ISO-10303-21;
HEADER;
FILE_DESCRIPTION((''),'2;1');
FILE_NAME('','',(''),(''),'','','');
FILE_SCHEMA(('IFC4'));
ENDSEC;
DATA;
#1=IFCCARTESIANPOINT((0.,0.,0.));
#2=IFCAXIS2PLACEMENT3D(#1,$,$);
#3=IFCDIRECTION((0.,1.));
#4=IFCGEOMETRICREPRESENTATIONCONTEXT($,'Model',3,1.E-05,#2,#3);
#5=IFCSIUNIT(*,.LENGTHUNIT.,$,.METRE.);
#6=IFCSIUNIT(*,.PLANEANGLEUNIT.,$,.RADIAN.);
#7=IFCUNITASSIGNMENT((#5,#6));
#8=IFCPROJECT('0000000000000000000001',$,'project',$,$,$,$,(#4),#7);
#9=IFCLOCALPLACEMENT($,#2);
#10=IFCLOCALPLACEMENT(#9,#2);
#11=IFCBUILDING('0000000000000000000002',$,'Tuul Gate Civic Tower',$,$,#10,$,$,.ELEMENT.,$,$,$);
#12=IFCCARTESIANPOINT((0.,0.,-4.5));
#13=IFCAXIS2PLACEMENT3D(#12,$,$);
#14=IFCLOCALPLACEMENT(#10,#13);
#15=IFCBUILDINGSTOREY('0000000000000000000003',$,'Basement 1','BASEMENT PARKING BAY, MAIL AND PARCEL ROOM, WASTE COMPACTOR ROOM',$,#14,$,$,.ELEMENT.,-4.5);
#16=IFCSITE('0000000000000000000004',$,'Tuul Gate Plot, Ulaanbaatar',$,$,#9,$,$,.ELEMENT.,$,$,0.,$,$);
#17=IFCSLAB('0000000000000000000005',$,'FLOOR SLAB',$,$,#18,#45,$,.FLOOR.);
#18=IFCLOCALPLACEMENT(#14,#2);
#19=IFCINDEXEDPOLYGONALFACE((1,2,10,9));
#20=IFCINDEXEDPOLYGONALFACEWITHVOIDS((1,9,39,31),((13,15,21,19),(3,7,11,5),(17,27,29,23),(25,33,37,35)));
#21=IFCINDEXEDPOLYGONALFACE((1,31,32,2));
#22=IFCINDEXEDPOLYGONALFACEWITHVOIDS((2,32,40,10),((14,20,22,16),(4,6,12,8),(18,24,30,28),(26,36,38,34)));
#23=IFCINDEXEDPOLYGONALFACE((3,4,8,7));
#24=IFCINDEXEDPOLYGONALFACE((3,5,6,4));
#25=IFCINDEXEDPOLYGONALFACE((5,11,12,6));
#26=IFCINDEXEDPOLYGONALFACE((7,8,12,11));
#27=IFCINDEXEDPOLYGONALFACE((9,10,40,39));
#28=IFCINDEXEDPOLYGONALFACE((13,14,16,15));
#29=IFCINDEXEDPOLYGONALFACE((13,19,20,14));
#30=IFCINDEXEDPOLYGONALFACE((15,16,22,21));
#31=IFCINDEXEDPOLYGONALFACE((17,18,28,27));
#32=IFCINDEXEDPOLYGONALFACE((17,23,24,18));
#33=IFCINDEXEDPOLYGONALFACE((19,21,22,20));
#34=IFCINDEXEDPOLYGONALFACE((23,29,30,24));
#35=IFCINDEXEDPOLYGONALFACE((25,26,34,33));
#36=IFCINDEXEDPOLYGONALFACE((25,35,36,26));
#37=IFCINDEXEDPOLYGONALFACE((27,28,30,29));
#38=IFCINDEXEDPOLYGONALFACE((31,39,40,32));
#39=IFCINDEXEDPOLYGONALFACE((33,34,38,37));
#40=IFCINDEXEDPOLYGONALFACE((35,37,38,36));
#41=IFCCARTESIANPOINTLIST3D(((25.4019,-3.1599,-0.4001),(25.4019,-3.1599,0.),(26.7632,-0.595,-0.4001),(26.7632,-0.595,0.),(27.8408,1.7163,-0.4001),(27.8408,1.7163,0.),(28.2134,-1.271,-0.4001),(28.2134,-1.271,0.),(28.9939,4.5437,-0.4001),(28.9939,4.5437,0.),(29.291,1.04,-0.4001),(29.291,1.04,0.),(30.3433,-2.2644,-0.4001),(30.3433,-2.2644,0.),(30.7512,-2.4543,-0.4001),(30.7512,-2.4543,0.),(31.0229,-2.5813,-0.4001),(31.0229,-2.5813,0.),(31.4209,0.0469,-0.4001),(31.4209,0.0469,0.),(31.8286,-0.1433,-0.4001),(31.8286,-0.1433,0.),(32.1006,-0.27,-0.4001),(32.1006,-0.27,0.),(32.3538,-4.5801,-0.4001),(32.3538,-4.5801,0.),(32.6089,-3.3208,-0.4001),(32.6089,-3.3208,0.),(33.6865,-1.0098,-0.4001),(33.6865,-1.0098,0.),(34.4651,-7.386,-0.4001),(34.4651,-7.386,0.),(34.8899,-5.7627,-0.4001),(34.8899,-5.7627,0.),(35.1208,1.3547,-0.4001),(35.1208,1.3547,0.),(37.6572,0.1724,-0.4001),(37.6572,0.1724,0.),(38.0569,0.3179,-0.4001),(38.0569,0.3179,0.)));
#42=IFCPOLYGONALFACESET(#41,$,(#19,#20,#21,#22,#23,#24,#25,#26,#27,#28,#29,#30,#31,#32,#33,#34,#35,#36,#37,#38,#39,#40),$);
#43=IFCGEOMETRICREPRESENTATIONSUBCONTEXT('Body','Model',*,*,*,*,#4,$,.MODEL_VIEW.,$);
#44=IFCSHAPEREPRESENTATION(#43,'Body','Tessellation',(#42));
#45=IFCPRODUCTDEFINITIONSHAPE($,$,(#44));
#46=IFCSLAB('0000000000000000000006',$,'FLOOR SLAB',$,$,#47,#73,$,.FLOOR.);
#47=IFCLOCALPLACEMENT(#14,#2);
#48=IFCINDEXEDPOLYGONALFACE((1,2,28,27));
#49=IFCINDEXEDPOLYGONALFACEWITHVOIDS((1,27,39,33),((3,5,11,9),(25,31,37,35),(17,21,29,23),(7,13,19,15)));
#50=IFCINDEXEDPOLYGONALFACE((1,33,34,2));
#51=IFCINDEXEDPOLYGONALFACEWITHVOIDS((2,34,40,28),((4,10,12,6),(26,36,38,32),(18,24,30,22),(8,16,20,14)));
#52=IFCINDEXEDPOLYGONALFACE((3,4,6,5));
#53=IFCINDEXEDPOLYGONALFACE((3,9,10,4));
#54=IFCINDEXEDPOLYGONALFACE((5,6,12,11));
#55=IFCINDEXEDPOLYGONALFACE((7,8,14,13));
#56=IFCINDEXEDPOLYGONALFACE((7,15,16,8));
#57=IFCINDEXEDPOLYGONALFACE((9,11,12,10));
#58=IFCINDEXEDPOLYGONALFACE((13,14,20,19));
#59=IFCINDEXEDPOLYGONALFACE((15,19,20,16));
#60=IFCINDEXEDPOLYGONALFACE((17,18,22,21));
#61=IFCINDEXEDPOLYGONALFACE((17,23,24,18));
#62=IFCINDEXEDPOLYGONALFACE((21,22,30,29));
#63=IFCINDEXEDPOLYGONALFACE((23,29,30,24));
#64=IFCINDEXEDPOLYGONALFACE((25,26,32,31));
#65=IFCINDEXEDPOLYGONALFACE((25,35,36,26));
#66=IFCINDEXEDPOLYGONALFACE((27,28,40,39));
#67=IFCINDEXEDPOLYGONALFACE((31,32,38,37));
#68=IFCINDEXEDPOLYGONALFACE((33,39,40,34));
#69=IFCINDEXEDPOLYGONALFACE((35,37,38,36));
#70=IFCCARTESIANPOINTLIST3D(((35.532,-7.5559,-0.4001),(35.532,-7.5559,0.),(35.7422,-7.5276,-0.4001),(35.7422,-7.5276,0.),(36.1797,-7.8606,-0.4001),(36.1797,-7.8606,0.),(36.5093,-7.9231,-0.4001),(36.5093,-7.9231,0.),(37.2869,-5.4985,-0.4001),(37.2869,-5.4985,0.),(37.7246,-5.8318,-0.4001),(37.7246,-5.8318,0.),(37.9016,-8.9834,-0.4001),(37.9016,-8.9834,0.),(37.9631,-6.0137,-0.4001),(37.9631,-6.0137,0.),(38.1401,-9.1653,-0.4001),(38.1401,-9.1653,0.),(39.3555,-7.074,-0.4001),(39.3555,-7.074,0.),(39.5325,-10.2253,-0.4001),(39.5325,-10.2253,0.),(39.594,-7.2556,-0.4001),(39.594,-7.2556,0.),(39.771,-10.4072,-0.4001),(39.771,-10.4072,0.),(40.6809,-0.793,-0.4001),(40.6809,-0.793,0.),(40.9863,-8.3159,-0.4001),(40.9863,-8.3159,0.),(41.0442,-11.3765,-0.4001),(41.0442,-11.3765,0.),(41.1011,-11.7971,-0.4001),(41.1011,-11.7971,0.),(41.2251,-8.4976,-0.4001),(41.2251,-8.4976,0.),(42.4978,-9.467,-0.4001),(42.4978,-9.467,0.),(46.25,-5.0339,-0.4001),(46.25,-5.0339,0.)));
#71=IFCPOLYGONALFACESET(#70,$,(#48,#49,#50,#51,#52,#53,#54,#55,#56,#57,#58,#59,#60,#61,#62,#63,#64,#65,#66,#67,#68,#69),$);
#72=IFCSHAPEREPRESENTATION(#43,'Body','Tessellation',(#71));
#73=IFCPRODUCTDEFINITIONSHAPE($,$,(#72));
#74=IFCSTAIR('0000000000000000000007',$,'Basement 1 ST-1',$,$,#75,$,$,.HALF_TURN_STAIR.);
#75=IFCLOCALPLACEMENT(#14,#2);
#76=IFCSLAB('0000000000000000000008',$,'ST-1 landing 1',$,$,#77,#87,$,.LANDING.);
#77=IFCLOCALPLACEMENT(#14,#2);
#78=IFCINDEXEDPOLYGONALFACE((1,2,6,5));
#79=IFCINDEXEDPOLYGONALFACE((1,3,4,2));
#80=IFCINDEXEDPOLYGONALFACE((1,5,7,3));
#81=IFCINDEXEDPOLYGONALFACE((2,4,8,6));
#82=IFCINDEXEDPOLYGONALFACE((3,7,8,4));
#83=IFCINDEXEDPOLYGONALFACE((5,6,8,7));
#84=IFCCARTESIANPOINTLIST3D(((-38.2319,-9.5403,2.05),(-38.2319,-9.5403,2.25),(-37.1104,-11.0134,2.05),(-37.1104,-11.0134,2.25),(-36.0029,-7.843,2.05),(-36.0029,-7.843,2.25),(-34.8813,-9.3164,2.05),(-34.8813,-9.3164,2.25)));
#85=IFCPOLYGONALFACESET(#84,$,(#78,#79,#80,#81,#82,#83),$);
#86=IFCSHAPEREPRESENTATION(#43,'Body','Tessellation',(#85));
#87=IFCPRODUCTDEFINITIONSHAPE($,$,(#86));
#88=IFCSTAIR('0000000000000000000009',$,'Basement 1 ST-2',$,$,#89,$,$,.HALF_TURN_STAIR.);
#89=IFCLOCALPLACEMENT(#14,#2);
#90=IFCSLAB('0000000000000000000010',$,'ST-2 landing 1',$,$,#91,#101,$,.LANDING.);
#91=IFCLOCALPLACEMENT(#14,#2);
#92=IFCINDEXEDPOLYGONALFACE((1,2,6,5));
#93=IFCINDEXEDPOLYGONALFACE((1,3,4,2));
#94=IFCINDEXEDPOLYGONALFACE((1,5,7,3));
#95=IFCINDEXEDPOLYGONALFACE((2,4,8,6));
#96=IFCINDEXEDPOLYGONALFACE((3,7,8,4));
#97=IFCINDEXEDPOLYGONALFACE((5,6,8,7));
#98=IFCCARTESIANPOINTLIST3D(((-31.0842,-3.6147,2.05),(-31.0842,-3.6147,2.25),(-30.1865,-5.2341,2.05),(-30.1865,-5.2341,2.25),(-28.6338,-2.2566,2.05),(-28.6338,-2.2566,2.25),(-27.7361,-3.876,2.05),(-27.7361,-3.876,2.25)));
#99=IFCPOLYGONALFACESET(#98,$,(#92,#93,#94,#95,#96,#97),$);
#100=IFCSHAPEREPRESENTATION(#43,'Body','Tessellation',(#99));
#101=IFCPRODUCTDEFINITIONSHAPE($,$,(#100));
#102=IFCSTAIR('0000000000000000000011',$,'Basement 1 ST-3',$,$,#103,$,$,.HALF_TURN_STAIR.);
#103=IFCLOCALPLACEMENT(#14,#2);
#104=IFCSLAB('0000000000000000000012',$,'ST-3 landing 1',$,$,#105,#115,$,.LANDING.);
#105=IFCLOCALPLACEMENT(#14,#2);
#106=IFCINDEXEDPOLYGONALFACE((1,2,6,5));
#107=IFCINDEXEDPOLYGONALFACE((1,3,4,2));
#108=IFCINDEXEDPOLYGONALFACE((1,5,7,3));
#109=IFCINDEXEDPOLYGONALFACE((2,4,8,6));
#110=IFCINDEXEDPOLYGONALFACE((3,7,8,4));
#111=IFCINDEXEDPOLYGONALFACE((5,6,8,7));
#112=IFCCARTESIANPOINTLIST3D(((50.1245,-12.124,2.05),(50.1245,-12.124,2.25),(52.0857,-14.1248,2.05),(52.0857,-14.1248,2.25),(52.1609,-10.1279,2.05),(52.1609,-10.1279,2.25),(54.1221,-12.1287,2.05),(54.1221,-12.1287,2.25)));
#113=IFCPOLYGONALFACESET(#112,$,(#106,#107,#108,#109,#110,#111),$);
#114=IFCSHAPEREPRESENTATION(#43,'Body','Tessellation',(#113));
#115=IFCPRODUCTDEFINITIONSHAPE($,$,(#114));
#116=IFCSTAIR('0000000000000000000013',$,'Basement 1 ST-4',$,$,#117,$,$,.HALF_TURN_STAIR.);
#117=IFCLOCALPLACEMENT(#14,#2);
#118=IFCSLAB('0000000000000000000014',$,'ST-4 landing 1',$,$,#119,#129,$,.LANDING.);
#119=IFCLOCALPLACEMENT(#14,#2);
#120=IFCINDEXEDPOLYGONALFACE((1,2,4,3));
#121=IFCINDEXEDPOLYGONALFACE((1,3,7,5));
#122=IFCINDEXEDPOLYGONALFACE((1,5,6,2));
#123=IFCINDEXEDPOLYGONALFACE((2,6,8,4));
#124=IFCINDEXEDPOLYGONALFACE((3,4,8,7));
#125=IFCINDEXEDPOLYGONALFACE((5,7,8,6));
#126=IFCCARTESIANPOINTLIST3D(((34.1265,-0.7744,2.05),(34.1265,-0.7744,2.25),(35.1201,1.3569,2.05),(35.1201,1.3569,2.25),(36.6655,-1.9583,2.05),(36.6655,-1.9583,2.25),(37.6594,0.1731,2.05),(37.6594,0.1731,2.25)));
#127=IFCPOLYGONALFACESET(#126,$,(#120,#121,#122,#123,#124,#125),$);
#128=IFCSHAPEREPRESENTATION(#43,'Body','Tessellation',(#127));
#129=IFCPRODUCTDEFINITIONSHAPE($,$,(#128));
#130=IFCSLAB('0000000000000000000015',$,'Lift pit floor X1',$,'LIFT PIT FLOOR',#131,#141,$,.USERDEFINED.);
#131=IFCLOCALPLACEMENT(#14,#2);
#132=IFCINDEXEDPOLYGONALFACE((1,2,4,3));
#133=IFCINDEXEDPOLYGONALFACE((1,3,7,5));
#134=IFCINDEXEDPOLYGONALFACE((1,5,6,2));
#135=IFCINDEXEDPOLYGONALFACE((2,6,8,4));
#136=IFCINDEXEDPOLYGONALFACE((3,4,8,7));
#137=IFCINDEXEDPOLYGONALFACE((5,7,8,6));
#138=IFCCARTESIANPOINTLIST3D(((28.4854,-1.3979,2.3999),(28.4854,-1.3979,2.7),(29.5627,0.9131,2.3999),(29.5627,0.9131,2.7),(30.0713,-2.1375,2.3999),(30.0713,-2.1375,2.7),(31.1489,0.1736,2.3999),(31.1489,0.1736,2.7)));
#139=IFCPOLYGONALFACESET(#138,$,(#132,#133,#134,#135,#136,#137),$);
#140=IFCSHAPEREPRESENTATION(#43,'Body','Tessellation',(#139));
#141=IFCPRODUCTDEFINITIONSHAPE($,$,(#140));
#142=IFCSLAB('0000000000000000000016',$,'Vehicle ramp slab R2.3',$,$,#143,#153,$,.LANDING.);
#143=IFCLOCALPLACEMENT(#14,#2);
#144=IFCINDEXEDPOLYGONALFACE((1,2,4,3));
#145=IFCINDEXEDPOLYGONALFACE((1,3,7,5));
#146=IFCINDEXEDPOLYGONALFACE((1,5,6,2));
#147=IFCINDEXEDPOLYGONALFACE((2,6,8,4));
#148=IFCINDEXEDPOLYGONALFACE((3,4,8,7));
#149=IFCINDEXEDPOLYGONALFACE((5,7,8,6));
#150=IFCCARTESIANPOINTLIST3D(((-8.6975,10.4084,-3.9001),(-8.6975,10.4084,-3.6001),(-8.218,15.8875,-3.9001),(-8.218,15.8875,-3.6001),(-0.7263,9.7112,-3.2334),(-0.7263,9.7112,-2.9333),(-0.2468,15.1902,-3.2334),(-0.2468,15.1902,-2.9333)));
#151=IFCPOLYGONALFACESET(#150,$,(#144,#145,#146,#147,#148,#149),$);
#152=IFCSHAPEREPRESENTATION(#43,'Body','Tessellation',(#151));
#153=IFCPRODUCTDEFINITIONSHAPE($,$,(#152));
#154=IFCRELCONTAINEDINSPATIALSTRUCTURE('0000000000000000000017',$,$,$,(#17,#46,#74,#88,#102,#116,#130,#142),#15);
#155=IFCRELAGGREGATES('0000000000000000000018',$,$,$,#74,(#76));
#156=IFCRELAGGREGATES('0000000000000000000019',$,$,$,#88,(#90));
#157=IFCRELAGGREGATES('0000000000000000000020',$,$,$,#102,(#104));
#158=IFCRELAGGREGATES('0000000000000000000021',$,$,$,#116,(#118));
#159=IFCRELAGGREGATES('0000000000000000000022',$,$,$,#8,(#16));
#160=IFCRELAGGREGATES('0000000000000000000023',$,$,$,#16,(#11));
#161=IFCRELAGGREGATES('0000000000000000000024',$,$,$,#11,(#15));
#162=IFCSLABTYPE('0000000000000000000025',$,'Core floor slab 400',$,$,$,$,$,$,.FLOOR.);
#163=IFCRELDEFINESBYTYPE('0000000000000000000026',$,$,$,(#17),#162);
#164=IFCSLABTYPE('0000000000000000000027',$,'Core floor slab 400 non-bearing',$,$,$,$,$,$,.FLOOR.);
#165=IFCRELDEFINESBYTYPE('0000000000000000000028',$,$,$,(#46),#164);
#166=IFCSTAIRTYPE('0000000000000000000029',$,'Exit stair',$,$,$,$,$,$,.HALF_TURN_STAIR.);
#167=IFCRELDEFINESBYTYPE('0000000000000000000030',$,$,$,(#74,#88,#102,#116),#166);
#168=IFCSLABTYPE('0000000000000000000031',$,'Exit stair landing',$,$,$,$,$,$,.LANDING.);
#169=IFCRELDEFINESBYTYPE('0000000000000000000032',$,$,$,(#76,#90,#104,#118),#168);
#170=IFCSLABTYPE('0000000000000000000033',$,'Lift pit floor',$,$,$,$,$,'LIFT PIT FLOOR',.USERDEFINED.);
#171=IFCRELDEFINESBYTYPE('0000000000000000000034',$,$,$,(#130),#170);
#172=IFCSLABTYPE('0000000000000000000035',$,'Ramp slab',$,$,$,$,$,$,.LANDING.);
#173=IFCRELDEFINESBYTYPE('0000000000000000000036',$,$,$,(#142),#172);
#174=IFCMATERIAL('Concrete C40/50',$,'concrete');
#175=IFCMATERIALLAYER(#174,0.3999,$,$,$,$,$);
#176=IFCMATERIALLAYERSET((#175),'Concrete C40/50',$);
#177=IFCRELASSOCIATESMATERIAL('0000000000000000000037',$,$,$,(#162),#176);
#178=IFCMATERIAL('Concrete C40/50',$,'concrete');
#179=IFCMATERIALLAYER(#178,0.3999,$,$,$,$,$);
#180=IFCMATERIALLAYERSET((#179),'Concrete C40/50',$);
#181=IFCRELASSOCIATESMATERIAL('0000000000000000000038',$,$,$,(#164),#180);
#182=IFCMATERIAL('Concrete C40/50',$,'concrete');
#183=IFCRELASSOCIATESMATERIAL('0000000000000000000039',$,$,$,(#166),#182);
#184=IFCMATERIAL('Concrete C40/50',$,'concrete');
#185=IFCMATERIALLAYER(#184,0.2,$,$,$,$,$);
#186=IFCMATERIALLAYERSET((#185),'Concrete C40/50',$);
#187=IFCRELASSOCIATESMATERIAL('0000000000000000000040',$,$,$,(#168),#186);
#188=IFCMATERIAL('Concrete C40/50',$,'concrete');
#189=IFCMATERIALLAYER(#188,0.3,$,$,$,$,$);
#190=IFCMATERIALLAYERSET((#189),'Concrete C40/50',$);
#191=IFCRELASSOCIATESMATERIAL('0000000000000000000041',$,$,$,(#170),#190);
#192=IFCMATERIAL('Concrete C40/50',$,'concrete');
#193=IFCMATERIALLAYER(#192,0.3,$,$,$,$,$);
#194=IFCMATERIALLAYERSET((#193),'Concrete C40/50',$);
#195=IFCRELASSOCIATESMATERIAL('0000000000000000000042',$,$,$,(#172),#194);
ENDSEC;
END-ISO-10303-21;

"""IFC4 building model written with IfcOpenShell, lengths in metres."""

from ifc_helpers import new_model, si_unit, direction, frame, origin, place, context, subcontext, project, spatial, polyline, outline, extrude, material, layer, layer_set, type_object, element, aggregate, save


model = new_model("IFC4")

# Units and contexts
model_context = context("Model", 3, precision=1e-05, world=origin(), true_north=direction((0.0, 1.0)))
body_context = subcontext(model_context, "Body", "Model", "MODEL_VIEW")
ifc_project = project(units=[si_unit("LENGTHUNIT", "METRE"), si_unit("PLANEANGLEUNIT", "RADIAN")], contexts=[model_context])

# Site, building, storey
site_placement = place(None, origin())
site = spatial("IfcSite", under=ifc_project, at=site_placement, Name="Tuul Gate Plot, Ulaanbaatar", CompositionType="ELEMENT", RefElevation=0.0)
building_placement = place(site_placement, origin())
building = spatial("IfcBuilding", under=site, at=building_placement, Name="Tuul Gate Civic Tower", CompositionType="ELEMENT")
storey_placement = place(building_placement, frame((0.0, 0.0, -4.5)))
storey = spatial("IfcBuildingStorey", under=building, at=storey_placement, Name="Basement 1", Description="BASEMENT PARKING BAY, MAIL AND PARCEL ROOM, WASTE COMPACTOR ROOM", CompositionType="ELEMENT", Elevation=-4.5)

# Slabs
ifc_material_1 = material(Name="Concrete C40/50", Category="concrete")
ifc_layer_1 = layer(ifc_material_1, 0.3999)
ifc_layer_set_1 = layer_set([ifc_layer_1], Name="Concrete C40/50")
slab_type_1 = type_object("IfcSlabType", Name="Core floor slab 400", PredefinedType="FLOOR", material=ifc_layer_set_1)
slab_1_placement = place(storey_placement, frame((0.0, 0.0, -0.4001)))
element("IfcSlab", 1, at=slab_1_placement, inside=storey, type_object=slab_type_1, Name="FLOOR SLAB", PredefinedType="FLOOR", context=body_context, shape_type="SweptSolid", body=[
    extrude(outline(polyline([(34.4651, -7.386), (38.0569, 0.3179), (28.9939, 4.5437), (25.4019, -3.1599), (34.4651, -7.386)]), holes=[polyline([(32.6089, -3.3208), (33.6865, -1.0098), (32.1006, -0.27), (31.0229, -2.5813), (32.6089, -3.3208)]), polyline([(30.7512, -2.4543), (31.8286, -0.1433), (31.4209, 0.0469), (30.3433, -2.2644), (30.7512, -2.4543)]), polyline([(28.2134, -1.271), (29.291, 1.04), (27.8408, 1.7163), (26.7632, -0.595), (28.2134, -1.271)]), polyline([(34.8899, -5.7627), (32.3538, -4.5801), (35.1208, 1.3547), (37.6572, 0.1724), (34.8899, -5.7627)])]), origin(), (0.0, 0.0, 1.0), 0.4001),
])
ifc_material_2 = material(Name="Concrete C40/50", Category="concrete")
ifc_layer_2 = layer(ifc_material_2, 0.3999)
ifc_layer_set_2 = layer_set([ifc_layer_2], Name="Concrete C40/50")
slab_type_2 = type_object("IfcSlabType", Name="Core floor slab 400 non-bearing", PredefinedType="FLOOR", material=ifc_layer_set_2)
slab_2_placement = place(storey_placement, frame((0.0, 0.0, -0.4001)))
element("IfcSlab", 2, at=slab_2_placement, inside=storey, type_object=slab_type_2, Name="FLOOR SLAB", PredefinedType="FLOOR", context=body_context, shape_type="SweptSolid", body=[
    extrude(outline(polyline([(41.1011, -11.7971), (46.25, -5.0339), (40.6809, -0.793), (35.532, -7.5559), (41.1011, -11.7971)]), holes=[polyline([(41.0442, -11.3765), (42.4978, -9.467), (41.2251, -8.4976), (39.771, -10.4072), (41.0442, -11.3765)]), polyline([(39.5325, -10.2253), (40.9863, -8.3159), (39.594, -7.2556), (38.1401, -9.1653), (39.5325, -10.2253)]), polyline([(37.9016, -8.9834), (39.3555, -7.074), (37.9631, -6.0137), (36.5093, -7.9231), (37.9016, -8.9834)]), polyline([(36.1797, -7.8606), (37.7246, -5.8318), (37.2869, -5.4985), (35.7422, -7.5276), (36.1797, -7.8606)])]), origin(), (0.0, 0.0, 1.0), 0.4001),
])

# Stairs, slabs
ifc_material_3 = material(Name="Concrete C40/50", Category="concrete")
stair_type = type_object("IfcStairType", Name="Exit stair", PredefinedType="HALF_TURN_STAIR", material=ifc_material_3)
stair_1_placement = place(storey_placement, origin())
stair_1 = element("IfcStair", 3, at=stair_1_placement, inside=storey, type_object=stair_type, Name="Basement 1 ST-1", PredefinedType="HALF_TURN_STAIR")
ifc_material_4 = material(Name="Concrete C40/50", Category="concrete")
ifc_layer_3 = layer(ifc_material_4, 0.2)
ifc_layer_set_3 = layer_set([ifc_layer_3], Name="Concrete C40/50")
slab_type_3 = type_object("IfcSlabType", Name="Exit stair landing", PredefinedType="LANDING", material=ifc_layer_set_3)
slab_3_placement = place(storey_placement, frame((0.0, 0.0, 2.05)))
slab_3 = element("IfcSlab", 4, at=slab_3_placement, type_object=slab_type_3, Name="ST-1 landing 1", PredefinedType="LANDING", context=body_context, shape_type="SweptSolid", body=[
    extrude(outline(polyline([(-34.8813, -9.3164), (-37.1104, -11.0134), (-38.2319, -9.5403), (-36.0029, -7.843), (-34.8813, -9.3164)])), origin(), (0.0, 0.0, 1.0), 0.2),
])
aggregate(stair_1, [slab_3])
stair_2_placement = place(storey_placement, origin())
stair_2 = element("IfcStair", 5, at=stair_2_placement, inside=storey, type_object=stair_type, Name="Basement 1 ST-2", PredefinedType="HALF_TURN_STAIR")
slab_4_placement = place(storey_placement, frame((0.0, 0.0, 2.05)))
slab_4 = element("IfcSlab", 6, at=slab_4_placement, type_object=slab_type_3, Name="ST-2 landing 1", PredefinedType="LANDING", context=body_context, shape_type="SweptSolid", body=[
    extrude(outline(polyline([(-27.7361, -3.876), (-30.1865, -5.2341), (-31.0842, -3.6147), (-28.6338, -2.2566), (-27.7361, -3.876)])), origin(), (0.0, 0.0, 1.0), 0.2),
])
aggregate(stair_2, [slab_4])
stair_3_placement = place(storey_placement, origin())
stair_3 = element("IfcStair", 7, at=stair_3_placement, inside=storey, type_object=stair_type, Name="Basement 1 ST-3", PredefinedType="HALF_TURN_STAIR")
slab_5_placement = place(storey_placement, frame((0.0, 0.0, 2.05)))
slab_5 = element("IfcSlab", 8, at=slab_5_placement, type_object=slab_type_3, Name="ST-3 landing 1", PredefinedType="LANDING", context=body_context, shape_type="SweptSolid", body=[
    extrude(outline(polyline([(52.0857, -14.1248), (50.1245, -12.124), (52.1609, -10.1279), (54.1221, -12.1287), (52.0857, -14.1248)])), origin(), (0.0, 0.0, 1.0), 0.2),
])
aggregate(stair_3, [slab_5])
stair_4_placement = place(storey_placement, origin())
stair_4 = element("IfcStair", 9, at=stair_4_placement, inside=storey, type_object=stair_type, Name="Basement 1 ST-4", PredefinedType="HALF_TURN_STAIR")
slab_6_placement = place(storey_placement, frame((0.0, 0.0, 2.05)))
slab_6 = element("IfcSlab", 10, at=slab_6_placement, type_object=slab_type_3, Name="ST-4 landing 1", PredefinedType="LANDING", context=body_context, shape_type="SweptSolid", body=[
    extrude(outline(polyline([(36.6655, -1.9583), (34.1265, -0.7744), (35.1201, 1.3569), (37.6594, 0.1731), (36.6655, -1.9583)])), origin(), (0.0, 0.0, 1.0), 0.2),
])
aggregate(stair_4, [slab_6])

# Slabs
ifc_material_5 = material(Name="Concrete C40/50", Category="concrete")
ifc_layer_4 = layer(ifc_material_5, 0.3)
ifc_layer_set_4 = layer_set([ifc_layer_4], Name="Concrete C40/50")
slab_type_4 = type_object("IfcSlabType", Name="Lift pit floor", ElementType="LIFT PIT FLOOR", PredefinedType="USERDEFINED", material=ifc_layer_set_4)
slab_7_placement = place(storey_placement, frame((0.0, 0.0, 2.3999)))
element("IfcSlab", 11, at=slab_7_placement, inside=storey, type_object=slab_type_4, Name="Lift pit floor X1", ObjectType="LIFT PIT FLOOR", PredefinedType="USERDEFINED", context=body_context, shape_type="SweptSolid", body=[
    extrude(outline(polyline([(30.0713, -2.1375), (31.1489, 0.1736), (29.5627, 0.9131), (28.4854, -1.3979), (30.0713, -2.1375)])), origin(), (0.0, 0.0, 1.0), 0.3),
])
ifc_material_6 = material(Name="Concrete C40/50", Category="concrete")
ifc_layer_5 = layer(ifc_material_6, 0.3)
ifc_layer_set_5 = layer_set([ifc_layer_5], Name="Concrete C40/50")
slab_type_5 = type_object("IfcSlabType", Name="Ramp slab", PredefinedType="LANDING", material=ifc_layer_set_5)
slab_8_placement = place(storey_placement, frame((-0.7263, 9.7112, -2.9333), z_axis=(-0.082723, 0.007239, 0.996546), x_axis=(-0.992755, 0.08684, -0.083039)))
element("IfcSlab", 12, at=slab_8_placement, inside=storey, type_object=slab_type_5, Name="Vehicle ramp slab R2.3", PredefinedType="LANDING", context=body_context, shape_type="SweptSolid", body=[
    extrude(outline(polyline([(0.0, 0.0), (8.0294, 0.0), (8.0291, -5.4999), (-0.0002, -5.4999), (0.0, 0.0)])), origin(), (0.083039, -0.000003, -0.996546), 0.3),
])

save(model, "model.ifc")
